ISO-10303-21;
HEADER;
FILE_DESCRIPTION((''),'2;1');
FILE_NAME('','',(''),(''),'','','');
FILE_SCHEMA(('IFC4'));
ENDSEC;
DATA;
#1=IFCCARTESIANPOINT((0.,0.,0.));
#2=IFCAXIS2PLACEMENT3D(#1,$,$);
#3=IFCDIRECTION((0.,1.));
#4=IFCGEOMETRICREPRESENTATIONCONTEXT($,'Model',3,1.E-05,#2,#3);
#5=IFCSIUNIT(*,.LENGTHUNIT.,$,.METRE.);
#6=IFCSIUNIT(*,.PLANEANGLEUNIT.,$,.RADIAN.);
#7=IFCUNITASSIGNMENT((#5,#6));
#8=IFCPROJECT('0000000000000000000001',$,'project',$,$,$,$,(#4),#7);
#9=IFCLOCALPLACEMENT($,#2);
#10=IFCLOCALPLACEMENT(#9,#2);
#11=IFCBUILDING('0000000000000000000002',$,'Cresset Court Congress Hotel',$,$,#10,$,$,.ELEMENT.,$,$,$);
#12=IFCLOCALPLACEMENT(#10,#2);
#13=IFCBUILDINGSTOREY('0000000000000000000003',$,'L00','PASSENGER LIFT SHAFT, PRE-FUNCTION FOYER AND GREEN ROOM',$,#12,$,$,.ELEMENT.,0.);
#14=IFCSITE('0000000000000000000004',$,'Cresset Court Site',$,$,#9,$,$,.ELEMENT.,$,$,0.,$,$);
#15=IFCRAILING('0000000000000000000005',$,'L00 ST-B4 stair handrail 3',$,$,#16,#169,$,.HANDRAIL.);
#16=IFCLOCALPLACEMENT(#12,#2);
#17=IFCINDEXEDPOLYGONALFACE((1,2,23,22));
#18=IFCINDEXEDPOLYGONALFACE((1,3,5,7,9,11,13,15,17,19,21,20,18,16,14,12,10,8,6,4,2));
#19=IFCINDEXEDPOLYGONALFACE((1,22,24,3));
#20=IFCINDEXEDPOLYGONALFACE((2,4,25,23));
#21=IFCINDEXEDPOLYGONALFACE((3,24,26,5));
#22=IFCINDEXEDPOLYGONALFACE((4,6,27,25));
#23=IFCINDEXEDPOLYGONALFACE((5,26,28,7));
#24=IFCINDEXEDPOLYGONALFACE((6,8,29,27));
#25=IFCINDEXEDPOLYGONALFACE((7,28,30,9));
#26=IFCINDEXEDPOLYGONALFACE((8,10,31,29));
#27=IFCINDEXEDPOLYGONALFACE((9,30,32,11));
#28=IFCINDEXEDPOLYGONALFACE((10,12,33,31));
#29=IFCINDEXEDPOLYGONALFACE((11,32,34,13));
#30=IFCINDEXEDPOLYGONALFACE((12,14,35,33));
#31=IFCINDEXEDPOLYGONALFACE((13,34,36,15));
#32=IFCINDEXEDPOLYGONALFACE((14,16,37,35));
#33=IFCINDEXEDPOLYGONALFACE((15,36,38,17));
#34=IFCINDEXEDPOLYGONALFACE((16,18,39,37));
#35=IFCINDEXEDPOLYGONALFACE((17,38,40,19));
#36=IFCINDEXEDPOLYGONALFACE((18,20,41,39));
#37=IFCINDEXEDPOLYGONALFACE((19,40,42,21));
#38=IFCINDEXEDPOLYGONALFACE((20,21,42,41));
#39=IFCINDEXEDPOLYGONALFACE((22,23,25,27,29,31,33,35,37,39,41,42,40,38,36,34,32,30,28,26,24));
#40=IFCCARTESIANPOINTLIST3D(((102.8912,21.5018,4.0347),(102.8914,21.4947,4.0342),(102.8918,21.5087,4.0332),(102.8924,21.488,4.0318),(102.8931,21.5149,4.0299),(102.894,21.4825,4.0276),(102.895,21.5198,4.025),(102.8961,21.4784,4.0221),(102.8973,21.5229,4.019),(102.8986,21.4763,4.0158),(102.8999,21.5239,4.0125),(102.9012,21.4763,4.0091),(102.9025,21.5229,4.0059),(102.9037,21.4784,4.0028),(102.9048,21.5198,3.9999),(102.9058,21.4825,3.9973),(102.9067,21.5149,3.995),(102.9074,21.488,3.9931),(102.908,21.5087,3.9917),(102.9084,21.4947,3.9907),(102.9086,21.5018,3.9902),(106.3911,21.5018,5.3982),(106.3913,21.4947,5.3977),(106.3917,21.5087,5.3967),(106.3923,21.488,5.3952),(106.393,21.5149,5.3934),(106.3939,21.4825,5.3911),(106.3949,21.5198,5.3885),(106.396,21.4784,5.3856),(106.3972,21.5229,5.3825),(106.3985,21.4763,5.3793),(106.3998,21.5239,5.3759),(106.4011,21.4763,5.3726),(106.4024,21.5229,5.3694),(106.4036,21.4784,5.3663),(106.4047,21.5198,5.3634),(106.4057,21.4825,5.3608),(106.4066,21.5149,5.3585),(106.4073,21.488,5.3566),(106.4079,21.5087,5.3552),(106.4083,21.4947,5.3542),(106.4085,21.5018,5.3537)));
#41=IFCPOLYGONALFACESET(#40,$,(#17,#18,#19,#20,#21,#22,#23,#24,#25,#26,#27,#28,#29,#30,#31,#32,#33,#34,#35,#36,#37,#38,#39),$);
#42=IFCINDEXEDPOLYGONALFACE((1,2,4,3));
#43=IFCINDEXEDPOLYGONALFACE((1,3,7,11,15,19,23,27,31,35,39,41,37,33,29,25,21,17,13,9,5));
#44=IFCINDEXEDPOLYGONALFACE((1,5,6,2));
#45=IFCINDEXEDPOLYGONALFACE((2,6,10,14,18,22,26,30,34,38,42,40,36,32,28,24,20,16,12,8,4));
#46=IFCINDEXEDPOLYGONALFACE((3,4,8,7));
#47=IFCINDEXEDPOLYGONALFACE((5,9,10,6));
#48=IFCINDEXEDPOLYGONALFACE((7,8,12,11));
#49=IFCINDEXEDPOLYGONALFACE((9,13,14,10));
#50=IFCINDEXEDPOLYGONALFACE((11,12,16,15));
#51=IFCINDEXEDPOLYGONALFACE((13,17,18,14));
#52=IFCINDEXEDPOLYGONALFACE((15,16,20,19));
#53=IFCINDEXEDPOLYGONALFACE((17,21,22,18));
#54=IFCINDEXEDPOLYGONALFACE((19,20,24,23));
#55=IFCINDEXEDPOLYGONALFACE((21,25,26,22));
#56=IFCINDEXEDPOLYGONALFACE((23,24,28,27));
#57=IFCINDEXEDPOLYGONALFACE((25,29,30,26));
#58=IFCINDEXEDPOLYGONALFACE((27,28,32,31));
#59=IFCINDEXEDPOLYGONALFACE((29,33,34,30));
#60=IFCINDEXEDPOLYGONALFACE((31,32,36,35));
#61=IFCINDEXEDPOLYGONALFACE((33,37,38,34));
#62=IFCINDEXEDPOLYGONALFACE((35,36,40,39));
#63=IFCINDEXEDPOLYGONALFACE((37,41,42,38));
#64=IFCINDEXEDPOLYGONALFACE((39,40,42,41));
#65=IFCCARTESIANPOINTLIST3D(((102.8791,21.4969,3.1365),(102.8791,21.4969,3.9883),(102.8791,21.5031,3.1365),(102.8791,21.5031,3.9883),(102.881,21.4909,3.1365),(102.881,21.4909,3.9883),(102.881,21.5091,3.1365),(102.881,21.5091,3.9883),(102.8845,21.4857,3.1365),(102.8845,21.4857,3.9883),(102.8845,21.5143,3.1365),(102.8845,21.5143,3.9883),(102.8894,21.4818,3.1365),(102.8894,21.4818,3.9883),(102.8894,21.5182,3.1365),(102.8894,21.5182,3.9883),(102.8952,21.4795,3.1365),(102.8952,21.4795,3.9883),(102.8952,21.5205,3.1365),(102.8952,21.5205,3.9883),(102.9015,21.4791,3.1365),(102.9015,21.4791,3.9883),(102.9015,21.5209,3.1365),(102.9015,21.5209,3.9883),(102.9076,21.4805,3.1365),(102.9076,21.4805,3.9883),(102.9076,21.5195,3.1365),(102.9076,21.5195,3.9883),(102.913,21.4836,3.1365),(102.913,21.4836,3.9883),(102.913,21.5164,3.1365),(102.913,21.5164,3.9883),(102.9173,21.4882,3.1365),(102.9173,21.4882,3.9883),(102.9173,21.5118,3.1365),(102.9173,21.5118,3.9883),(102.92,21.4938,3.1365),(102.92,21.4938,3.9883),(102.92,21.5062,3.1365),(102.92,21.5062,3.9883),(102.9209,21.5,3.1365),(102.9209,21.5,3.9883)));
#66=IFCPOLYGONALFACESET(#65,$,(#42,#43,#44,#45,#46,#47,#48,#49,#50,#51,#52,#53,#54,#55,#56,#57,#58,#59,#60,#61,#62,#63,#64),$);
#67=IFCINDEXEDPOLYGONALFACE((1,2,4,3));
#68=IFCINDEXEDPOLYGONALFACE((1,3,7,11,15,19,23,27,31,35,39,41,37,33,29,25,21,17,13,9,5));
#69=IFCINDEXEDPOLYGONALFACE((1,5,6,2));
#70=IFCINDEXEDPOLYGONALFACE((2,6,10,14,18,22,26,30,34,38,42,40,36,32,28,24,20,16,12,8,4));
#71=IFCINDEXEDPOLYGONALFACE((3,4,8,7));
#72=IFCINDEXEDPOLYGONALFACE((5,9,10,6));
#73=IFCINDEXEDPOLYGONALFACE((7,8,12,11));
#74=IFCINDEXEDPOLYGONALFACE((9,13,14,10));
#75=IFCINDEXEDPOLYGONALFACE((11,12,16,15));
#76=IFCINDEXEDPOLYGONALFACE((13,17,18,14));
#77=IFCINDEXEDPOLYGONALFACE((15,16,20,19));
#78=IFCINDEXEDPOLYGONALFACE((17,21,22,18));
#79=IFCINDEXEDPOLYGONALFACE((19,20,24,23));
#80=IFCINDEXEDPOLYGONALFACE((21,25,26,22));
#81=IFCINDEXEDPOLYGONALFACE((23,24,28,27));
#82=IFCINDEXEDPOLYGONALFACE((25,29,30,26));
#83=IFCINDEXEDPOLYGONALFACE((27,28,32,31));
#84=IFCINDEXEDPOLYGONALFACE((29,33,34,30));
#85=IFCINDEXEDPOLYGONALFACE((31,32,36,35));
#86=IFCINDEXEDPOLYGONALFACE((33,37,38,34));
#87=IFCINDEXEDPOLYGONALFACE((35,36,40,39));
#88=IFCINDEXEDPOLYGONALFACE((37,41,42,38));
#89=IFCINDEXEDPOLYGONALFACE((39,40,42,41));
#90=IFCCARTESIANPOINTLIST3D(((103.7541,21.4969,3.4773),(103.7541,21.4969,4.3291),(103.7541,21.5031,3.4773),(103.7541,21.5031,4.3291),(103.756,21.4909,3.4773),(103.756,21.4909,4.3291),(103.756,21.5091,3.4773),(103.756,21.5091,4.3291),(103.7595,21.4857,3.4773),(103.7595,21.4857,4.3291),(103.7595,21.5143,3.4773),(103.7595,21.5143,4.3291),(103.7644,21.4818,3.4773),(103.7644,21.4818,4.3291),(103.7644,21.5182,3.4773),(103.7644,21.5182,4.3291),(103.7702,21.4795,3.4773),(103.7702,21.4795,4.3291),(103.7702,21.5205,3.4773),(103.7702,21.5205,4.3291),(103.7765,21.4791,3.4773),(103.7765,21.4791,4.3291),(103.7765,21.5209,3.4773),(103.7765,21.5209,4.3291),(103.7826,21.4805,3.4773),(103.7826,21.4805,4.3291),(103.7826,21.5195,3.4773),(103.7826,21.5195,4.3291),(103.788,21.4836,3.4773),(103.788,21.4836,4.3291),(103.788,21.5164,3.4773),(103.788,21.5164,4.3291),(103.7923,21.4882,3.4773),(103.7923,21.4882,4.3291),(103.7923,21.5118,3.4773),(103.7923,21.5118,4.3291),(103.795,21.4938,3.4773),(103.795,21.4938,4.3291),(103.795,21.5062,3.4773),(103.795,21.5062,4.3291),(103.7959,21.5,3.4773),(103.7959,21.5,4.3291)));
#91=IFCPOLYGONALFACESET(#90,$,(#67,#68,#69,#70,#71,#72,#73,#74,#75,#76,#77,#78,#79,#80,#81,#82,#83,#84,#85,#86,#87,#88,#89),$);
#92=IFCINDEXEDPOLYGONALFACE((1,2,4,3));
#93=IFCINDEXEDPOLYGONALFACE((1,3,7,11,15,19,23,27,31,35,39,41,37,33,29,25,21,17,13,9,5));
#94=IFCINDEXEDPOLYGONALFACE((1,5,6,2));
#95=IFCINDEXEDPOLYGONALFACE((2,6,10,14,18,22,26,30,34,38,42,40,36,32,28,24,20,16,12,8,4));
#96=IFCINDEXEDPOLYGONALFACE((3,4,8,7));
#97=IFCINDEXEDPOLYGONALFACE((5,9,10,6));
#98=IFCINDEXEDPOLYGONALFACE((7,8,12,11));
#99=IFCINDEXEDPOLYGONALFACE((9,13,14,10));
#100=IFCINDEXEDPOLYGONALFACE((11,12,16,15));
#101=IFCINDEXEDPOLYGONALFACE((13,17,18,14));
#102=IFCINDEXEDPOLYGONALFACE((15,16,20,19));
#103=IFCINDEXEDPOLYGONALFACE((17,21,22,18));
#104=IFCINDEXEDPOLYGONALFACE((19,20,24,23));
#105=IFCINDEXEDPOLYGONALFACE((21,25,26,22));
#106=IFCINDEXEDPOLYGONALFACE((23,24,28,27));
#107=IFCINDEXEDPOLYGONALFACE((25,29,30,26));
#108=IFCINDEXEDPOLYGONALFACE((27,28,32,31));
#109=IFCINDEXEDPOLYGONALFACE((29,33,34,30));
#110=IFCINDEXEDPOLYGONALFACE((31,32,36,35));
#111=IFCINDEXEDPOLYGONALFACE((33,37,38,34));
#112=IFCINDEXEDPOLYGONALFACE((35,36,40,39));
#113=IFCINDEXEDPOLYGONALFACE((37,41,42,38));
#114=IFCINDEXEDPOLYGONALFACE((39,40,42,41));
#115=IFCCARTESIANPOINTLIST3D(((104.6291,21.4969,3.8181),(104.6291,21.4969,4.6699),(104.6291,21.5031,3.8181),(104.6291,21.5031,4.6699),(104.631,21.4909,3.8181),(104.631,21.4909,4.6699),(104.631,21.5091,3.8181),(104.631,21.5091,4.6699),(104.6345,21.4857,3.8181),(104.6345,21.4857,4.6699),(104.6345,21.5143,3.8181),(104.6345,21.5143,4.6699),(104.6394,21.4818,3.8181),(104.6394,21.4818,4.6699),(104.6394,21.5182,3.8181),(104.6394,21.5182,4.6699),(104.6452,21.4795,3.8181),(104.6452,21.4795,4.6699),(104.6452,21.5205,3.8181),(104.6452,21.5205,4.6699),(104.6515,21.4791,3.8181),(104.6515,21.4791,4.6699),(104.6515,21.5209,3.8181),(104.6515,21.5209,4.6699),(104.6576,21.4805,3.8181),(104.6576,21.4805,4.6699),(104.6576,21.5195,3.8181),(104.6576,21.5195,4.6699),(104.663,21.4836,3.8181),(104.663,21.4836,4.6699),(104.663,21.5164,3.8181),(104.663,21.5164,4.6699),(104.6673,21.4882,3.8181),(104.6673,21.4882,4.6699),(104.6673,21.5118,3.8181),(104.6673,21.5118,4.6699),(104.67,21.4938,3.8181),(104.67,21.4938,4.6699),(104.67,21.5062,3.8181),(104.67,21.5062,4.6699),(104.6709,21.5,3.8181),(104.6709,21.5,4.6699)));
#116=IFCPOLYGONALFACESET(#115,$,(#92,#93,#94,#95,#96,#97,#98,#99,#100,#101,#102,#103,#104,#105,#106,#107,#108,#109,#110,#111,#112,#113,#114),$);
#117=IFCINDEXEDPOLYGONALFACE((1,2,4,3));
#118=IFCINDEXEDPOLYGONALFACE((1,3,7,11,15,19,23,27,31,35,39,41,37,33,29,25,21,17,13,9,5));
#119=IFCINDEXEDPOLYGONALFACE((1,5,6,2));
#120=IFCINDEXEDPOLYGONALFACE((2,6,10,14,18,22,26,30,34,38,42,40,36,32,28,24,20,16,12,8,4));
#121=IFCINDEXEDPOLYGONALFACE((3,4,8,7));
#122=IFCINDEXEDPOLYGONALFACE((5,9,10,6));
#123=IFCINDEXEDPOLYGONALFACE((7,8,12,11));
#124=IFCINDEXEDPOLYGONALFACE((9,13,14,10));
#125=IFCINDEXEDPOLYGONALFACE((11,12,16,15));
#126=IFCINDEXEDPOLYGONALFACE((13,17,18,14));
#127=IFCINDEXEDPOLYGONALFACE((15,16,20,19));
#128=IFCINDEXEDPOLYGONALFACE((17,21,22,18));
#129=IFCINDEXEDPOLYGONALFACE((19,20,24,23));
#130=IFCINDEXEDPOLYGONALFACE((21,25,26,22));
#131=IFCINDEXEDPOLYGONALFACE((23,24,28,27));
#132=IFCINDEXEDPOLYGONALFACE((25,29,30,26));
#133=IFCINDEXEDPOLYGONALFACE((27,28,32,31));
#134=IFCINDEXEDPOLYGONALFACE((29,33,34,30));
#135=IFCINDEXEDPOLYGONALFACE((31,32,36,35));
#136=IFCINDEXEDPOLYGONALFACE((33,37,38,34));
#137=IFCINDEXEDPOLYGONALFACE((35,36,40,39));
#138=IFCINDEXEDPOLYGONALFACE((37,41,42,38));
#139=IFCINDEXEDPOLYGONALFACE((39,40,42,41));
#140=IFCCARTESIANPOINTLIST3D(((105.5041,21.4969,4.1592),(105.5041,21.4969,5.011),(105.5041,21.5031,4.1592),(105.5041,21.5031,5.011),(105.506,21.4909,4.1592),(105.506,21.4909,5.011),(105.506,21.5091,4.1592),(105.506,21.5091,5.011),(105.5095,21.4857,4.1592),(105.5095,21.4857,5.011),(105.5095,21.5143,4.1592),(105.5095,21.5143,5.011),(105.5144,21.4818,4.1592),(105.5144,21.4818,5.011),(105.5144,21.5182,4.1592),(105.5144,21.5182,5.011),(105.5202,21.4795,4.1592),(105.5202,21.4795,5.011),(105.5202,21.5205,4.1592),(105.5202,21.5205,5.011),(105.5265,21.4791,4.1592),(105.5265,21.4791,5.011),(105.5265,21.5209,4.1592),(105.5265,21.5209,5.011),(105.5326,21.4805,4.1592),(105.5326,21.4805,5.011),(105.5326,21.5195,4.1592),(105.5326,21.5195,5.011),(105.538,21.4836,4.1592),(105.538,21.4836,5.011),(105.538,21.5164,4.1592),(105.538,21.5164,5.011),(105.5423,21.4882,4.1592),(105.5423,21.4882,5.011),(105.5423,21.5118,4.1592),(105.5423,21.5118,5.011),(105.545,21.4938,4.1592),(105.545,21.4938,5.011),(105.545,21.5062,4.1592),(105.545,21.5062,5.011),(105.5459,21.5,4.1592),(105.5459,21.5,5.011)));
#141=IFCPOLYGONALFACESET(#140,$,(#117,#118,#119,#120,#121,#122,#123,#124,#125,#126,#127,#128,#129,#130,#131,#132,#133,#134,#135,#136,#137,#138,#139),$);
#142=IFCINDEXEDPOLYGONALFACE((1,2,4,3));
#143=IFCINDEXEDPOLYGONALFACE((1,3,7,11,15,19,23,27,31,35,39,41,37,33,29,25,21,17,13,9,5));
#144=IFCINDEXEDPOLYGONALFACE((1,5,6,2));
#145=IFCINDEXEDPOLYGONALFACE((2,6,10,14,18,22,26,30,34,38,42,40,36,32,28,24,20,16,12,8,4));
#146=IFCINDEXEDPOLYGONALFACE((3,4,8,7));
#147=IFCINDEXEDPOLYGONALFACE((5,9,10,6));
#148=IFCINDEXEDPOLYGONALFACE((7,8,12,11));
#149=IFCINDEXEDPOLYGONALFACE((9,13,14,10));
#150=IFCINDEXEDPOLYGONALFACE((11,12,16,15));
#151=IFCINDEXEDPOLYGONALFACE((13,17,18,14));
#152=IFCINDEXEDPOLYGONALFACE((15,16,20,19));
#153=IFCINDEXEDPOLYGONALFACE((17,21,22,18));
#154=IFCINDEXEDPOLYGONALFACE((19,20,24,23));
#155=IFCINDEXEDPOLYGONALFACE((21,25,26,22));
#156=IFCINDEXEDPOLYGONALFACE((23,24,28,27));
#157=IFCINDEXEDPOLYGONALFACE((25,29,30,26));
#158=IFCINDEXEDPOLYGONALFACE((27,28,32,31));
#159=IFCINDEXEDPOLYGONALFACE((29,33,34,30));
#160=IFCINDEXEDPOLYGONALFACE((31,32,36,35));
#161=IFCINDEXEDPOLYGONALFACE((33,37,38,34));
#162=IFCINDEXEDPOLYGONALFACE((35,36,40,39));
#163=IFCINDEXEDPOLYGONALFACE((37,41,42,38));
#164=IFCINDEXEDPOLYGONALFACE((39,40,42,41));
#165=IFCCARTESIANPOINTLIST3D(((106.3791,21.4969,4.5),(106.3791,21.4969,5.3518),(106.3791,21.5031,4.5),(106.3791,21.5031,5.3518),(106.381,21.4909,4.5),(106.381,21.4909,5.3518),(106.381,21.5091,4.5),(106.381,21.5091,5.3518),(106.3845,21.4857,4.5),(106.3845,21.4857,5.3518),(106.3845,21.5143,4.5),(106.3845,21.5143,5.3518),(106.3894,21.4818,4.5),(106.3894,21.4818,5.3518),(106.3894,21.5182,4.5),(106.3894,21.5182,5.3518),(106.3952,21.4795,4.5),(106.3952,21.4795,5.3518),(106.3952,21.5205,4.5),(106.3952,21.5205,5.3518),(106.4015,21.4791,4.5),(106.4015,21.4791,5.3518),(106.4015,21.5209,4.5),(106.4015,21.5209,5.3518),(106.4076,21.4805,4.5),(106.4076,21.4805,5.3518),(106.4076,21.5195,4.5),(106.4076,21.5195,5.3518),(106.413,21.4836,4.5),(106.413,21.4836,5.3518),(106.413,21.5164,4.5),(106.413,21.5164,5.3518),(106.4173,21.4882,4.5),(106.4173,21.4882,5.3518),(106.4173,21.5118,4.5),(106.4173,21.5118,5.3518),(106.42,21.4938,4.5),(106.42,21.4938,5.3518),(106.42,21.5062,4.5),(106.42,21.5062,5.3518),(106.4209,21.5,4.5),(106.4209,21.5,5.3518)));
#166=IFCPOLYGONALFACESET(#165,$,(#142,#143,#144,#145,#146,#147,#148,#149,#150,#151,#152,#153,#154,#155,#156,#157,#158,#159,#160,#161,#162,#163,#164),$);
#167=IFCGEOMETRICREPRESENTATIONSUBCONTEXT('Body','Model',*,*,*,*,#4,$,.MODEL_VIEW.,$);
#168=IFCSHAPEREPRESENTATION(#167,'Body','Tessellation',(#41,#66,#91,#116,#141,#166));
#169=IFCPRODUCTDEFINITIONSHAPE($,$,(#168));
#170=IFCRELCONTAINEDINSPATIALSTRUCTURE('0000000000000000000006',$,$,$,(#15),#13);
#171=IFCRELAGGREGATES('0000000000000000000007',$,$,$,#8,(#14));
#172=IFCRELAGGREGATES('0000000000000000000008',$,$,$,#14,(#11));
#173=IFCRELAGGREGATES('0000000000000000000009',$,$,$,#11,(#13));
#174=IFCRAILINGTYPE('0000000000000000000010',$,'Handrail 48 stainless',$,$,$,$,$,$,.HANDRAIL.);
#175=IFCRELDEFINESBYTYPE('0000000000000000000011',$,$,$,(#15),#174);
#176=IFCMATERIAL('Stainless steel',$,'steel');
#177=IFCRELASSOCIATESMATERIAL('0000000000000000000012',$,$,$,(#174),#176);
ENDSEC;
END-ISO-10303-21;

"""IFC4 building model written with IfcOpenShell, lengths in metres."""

from ifc_helpers import new_model, si_unit, direction, frame, origin, origin_2d, place, context, subcontext, project, spatial, circle, extrude, material, type_object, element, save


model = new_model("IFC4")

# Units and contexts
model_context = context("Model", 3, precision=1e-05, world=origin(), true_north=direction((0.0, 1.0)))
body_context = subcontext(model_context, "Body", "Model", "MODEL_VIEW")
ifc_project = project(units=[si_unit("LENGTHUNIT", "METRE"), si_unit("PLANEANGLEUNIT", "RADIAN")], contexts=[model_context])

# Site, building, storey
site_placement = place(None, origin())
site = spatial("IfcSite", under=ifc_project, at=site_placement, Name="Cresset Court Site", CompositionType="ELEMENT", RefElevation=0.0)
building_placement = place(site_placement, origin())
building = spatial("IfcBuilding", under=site, at=building_placement, Name="Cresset Court Congress Hotel", CompositionType="ELEMENT")
storey_placement = place(building_placement, origin())
storey = spatial("IfcBuildingStorey", under=building, at=storey_placement, Name="L00", Description="PASSENGER LIFT SHAFT, PRE-FUNCTION FOYER AND GREEN ROOM", CompositionType="ELEMENT", Elevation=0.0)

# Railing
ifc_material_1 = material(Name="Stainless steel", Category="steel")
railing_type_1 = type_object("IfcRailingType", Name="Handrail 48 stainless", PredefinedType="HANDRAIL", material=ifc_material_1)
railing_1_placement = place(storey_placement, frame((102.8999, 21.5, 3.1365)))
element("IfcRailing", 1, at=railing_1_placement, inside=storey, type_object=railing_type_1, Name="L00 ST-B4 stair handrail 3", PredefinedType="HANDRAIL", context=body_context, shape_type="SweptSolid", body=[
    extrude(circle(Radius=0.0239, at=origin_2d()), frame((0.0, 0.0, 0.876), z_axis=(0.931787, 0.0, 0.363005), x_axis=(0.0, 1.0, 0.0)), (0.0, 0.0, 1.0), 3.7561),
    extrude(circle(Radius=0.021, at=origin_2d()), origin(), (0.0, 0.0, 1.0), 0.8518),
    extrude(circle(Radius=0.021, at=origin_2d()), frame((0.875, 0.0, 0.3408)), (0.0, 0.0, 1.0), 0.8518),
    extrude(circle(Radius=0.021, at=origin_2d()), frame((1.75, 0.0, 0.6816)), (0.0, 0.0, 1.0), 0.8518),
    extrude(circle(Radius=0.021, at=origin_2d()), frame((2.625, 0.0, 1.0227)), (0.0, 0.0, 1.0), 0.8518),
    extrude(circle(Radius=0.021, at=origin_2d()), frame((3.5, 0.0, 1.3635)), (0.0, 0.0, 1.0), 0.8518),
])

save(model, "model.ifc")
